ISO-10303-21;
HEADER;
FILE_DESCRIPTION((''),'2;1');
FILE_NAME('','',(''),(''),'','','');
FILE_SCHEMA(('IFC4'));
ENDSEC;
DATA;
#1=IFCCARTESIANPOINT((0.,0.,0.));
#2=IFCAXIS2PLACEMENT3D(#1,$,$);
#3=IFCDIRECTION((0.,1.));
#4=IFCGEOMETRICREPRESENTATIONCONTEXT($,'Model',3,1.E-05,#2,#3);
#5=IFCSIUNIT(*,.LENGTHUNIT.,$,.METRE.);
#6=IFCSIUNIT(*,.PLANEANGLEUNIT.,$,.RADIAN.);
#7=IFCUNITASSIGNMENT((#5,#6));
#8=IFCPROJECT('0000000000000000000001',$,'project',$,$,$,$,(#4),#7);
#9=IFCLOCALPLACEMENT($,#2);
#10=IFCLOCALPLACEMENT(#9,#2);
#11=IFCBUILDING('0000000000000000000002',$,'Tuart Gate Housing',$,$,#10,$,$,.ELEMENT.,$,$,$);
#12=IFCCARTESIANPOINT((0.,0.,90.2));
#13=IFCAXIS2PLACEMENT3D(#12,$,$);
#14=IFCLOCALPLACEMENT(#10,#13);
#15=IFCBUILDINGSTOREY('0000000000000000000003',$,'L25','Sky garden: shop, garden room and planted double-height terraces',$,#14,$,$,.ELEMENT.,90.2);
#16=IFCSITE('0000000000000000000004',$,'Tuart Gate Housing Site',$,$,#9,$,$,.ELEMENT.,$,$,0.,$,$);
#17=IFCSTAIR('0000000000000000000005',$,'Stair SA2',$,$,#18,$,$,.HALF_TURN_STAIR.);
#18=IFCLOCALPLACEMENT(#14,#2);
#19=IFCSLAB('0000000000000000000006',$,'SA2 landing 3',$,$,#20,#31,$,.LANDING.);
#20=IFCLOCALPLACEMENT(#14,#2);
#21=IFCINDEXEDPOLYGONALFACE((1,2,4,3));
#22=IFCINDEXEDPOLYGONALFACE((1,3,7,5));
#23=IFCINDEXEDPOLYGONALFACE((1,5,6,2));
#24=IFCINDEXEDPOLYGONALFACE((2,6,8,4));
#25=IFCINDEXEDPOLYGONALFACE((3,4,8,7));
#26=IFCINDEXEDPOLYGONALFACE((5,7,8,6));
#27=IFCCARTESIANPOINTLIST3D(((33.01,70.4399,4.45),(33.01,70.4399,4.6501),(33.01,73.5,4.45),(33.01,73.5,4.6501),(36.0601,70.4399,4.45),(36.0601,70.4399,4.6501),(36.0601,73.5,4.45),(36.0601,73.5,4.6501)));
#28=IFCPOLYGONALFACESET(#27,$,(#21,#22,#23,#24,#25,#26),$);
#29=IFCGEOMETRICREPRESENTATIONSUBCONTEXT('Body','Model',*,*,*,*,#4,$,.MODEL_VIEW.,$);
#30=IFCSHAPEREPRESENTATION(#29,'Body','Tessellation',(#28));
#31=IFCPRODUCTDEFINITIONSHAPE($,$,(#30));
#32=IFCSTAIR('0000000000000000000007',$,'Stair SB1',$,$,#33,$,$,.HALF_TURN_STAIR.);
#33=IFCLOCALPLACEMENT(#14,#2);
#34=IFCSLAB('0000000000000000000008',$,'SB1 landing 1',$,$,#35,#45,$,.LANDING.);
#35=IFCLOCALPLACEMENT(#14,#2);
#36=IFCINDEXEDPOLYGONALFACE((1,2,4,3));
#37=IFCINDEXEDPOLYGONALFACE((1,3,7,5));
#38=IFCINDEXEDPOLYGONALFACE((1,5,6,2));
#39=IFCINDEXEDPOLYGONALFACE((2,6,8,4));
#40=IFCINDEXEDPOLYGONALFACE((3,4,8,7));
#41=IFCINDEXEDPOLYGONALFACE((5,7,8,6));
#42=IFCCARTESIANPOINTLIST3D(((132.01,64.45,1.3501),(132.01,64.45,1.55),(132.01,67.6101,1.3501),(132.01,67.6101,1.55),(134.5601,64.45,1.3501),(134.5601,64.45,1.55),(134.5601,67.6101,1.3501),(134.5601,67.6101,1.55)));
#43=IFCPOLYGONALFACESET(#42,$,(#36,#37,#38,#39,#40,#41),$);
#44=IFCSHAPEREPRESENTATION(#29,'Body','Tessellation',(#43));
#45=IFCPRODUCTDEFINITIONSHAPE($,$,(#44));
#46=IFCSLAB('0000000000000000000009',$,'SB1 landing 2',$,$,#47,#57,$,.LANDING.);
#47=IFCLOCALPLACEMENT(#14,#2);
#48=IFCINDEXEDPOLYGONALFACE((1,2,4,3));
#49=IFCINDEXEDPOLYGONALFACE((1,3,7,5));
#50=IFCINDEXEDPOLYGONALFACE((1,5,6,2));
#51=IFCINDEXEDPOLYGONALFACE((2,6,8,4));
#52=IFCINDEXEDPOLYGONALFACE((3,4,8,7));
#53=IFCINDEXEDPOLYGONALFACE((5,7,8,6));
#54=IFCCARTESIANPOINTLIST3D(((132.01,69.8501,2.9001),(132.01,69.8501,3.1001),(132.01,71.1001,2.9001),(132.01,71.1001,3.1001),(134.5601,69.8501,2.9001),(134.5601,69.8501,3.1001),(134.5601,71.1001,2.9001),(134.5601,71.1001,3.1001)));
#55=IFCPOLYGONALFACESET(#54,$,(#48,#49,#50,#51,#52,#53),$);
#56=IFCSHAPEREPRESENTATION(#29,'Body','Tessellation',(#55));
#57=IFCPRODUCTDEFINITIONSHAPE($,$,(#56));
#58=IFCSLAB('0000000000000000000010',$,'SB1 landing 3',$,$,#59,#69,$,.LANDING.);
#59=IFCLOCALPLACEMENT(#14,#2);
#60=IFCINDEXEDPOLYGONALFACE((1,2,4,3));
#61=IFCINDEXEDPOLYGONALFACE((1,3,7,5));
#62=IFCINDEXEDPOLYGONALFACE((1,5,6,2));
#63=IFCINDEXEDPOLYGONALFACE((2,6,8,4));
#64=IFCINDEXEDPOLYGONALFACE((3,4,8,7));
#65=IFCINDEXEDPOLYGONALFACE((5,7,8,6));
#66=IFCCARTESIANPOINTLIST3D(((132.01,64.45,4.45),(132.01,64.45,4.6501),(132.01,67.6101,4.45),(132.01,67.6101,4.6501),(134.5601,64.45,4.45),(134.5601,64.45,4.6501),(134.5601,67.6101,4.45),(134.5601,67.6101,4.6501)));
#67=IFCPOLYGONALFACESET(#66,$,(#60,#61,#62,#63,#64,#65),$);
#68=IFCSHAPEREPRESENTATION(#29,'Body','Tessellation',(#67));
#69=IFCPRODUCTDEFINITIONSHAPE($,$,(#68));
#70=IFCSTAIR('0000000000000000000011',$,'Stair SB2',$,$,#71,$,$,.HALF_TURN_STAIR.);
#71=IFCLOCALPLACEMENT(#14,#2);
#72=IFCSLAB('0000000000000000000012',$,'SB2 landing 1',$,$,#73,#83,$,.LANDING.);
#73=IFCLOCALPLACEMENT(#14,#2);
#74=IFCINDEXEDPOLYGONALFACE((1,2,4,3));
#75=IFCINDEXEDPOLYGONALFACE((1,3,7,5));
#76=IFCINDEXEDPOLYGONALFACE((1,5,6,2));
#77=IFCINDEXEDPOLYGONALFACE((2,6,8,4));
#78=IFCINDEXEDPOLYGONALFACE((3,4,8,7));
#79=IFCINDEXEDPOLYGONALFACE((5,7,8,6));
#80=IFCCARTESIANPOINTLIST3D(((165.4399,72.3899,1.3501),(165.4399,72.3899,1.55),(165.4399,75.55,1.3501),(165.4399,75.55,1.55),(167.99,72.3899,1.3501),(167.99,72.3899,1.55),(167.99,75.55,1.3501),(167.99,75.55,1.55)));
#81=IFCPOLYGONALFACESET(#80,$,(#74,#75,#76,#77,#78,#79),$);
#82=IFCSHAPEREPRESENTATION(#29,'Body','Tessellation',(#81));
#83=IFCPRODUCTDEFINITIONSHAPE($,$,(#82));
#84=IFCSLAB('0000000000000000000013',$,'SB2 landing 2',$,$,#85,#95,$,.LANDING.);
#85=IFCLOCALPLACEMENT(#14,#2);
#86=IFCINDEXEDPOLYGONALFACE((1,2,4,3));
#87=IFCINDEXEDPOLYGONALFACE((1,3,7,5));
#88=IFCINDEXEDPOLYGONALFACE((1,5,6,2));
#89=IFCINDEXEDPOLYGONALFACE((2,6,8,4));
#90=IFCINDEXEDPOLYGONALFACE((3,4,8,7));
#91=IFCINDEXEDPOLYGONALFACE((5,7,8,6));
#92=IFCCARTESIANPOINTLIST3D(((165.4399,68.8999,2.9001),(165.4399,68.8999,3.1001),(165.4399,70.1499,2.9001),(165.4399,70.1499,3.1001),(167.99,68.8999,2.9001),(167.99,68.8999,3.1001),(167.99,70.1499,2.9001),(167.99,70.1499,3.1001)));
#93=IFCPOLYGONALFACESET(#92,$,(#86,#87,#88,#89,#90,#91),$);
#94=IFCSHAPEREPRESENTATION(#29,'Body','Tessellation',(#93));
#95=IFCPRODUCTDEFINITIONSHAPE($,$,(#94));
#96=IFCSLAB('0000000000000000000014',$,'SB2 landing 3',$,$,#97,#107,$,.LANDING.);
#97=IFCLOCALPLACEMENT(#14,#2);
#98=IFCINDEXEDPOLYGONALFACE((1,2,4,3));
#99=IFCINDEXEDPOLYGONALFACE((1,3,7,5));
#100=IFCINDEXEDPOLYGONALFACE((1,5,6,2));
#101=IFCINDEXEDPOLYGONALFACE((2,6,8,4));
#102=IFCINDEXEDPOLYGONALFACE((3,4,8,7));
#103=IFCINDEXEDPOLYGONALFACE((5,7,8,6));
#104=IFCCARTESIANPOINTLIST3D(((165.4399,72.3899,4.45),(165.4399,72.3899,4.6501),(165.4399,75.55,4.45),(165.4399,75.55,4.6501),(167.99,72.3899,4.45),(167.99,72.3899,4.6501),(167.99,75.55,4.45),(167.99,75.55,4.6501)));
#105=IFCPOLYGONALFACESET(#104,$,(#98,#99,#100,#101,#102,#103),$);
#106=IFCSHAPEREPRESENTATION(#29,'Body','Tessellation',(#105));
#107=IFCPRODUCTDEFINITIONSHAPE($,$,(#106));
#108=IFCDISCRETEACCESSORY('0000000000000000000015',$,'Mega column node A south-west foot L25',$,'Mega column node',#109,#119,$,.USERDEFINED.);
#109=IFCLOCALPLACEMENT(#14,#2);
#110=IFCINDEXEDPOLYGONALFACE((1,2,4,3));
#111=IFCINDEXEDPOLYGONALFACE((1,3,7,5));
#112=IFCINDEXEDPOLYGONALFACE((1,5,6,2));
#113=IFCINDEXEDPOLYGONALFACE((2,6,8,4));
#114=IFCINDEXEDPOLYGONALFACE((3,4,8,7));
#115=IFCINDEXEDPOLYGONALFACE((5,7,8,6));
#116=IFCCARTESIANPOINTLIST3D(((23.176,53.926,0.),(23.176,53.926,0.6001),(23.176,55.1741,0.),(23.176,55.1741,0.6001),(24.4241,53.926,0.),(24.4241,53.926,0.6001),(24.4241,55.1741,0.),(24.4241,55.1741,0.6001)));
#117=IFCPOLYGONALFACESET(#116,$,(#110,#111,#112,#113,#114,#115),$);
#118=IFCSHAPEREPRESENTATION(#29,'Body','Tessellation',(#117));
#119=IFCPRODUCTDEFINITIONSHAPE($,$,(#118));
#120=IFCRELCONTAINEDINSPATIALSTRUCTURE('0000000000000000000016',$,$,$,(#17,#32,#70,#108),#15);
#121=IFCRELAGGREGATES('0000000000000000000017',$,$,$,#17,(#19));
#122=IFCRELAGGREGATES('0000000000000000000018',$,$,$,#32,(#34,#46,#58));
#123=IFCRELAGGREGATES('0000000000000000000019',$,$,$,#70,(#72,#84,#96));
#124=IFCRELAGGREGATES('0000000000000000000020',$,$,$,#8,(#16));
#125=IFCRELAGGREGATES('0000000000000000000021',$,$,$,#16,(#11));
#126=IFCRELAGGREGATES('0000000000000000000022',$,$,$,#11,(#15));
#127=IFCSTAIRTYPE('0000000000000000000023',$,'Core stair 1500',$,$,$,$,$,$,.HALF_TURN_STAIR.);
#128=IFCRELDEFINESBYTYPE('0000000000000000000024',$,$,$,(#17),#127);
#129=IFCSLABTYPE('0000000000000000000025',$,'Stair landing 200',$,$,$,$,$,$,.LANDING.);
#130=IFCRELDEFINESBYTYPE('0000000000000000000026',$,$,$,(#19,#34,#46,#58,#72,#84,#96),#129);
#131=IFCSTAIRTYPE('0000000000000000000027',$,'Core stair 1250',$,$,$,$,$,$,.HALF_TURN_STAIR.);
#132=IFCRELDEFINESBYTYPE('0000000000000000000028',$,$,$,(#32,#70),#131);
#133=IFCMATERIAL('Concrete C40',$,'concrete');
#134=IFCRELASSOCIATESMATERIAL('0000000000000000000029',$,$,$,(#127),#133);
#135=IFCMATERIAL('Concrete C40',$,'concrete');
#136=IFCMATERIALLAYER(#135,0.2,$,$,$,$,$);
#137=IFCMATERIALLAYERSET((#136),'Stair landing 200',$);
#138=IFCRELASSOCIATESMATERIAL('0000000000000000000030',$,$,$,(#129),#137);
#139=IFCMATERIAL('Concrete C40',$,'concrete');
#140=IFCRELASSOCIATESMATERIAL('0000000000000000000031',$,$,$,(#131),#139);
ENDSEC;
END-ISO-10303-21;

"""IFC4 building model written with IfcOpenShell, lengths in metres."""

from ifc_helpers import new_model, si_unit, direction, frame, origin, origin_2d, place, context, subcontext, project, spatial, polyline, rectangle, outline, extrude, material, layer, layer_set, type_object, element, aggregate, save


model = new_model("IFC4")

# Units and contexts
model_context = context("Model", 3, precision=1e-05, world=origin(), true_north=direction((0.0, 1.0)))
body_context = subcontext(model_context, "Body", "Model", "MODEL_VIEW")
ifc_project = project(units=[si_unit("LENGTHUNIT", "METRE"), si_unit("PLANEANGLEUNIT", "RADIAN")], contexts=[model_context])

# Site, building, storey
site_placement = place(None, origin())
site = spatial("IfcSite", under=ifc_project, at=site_placement, Name="Tuart Gate Housing Site", CompositionType="ELEMENT", RefElevation=0.0)
building_placement = place(site_placement, origin())
building = spatial("IfcBuilding", under=site, at=building_placement, Name="Tuart Gate Housing", CompositionType="ELEMENT")
storey_placement = place(building_placement, frame((0.0, 0.0, 90.2)))
storey = spatial("IfcBuildingStorey", under=building, at=storey_placement, Name="L25", Description="Sky garden: shop, garden room and planted double-height terraces", CompositionType="ELEMENT", Elevation=90.2)

# Stairs, slabs
ifc_material_1 = material(Name="Concrete C40", Category="concrete")
stair_type_1 = type_object("IfcStairType", Name="Core stair 1500", PredefinedType="HALF_TURN_STAIR", material=ifc_material_1)
ifc_material_2 = material(Name="Concrete C40", Category="concrete")
ifc_layer_1 = layer(ifc_material_2, 0.2)
ifc_layer_set_1 = layer_set([ifc_layer_1], Name="Stair landing 200")
slab_type_1 = type_object("IfcSlabType", Name="Stair landing 200", PredefinedType="LANDING", material=ifc_layer_set_1)
stair_1_placement = place(storey_placement, origin())
stair_1 = element("IfcStair", 1, at=stair_1_placement, inside=storey, type_object=stair_type_1, Name="Stair SA2", PredefinedType="HALF_TURN_STAIR")
slab_1_placement = place(storey_placement, frame((0.0, 0.0, 4.45)))
slab_1 = element("IfcSlab", 2, at=slab_1_placement, type_object=slab_type_1, Name="SA2 landing 3", PredefinedType="LANDING", context=body_context, shape_type="SweptSolid", body=[
    extrude(outline(polyline([(36.0601, 73.5), (33.01, 73.5), (33.01, 70.4399), (36.0601, 70.4399), (36.0601, 73.5)])), origin(), (0.0, 0.0, 1.0), 0.2002),
])
aggregate(stair_1, [slab_1])
ifc_material_3 = material(Name="Concrete C40", Category="concrete")
stair_type_2 = type_object("IfcStairType", Name="Core stair 1250", PredefinedType="HALF_TURN_STAIR", material=ifc_material_3)
stair_2_placement = place(storey_placement, origin())
stair_2 = element("IfcStair", 3, at=stair_2_placement, inside=storey, type_object=stair_type_2, Name="Stair SB1", PredefinedType="HALF_TURN_STAIR")
slab_2_placement = place(storey_placement, frame((0.0, 0.0, 1.3501)))
slab_2 = element("IfcSlab", 4, at=slab_2_placement, type_object=slab_type_1, Name="SB1 landing 1", PredefinedType="LANDING", context=body_context, shape_type="SweptSolid", body=[
    extrude(outline(polyline([(134.5601, 67.6101), (132.01, 67.6101), (132.01, 64.45), (134.5601, 64.45), (134.5601, 67.6101)])), origin(), (0.0, 0.0, 1.0), 0.2),
])
slab_3_placement = place(storey_placement, frame((0.0, 0.0, 2.9001)))
slab_3 = element("IfcSlab", 5, at=slab_3_placement, type_object=slab_type_1, Name="SB1 landing 2", PredefinedType="LANDING", context=body_context, shape_type="SweptSolid", body=[
    extrude(outline(polyline([(132.01, 71.1001), (132.01, 69.8501), (134.5601, 69.8501), (134.5601, 71.1001), (132.01, 71.1001)])), origin(), (0.0, 0.0, 1.0), 0.2),
])
slab_4_placement = place(storey_placement, frame((0.0, 0.0, 4.45)))
slab_4 = element("IfcSlab", 6, at=slab_4_placement, type_object=slab_type_1, Name="SB1 landing 3", PredefinedType="LANDING", context=body_context, shape_type="SweptSolid", body=[
    extrude(outline(polyline([(134.5601, 67.6101), (132.01, 67.6101), (132.01, 64.45), (134.5601, 64.45), (134.5601, 67.6101)])), origin(), (0.0, 0.0, 1.0), 0.2002),
])
aggregate(stair_2, [slab_2, slab_3, slab_4])
stair_3_placement = place(storey_placement, origin())
stair_3 = element("IfcStair", 7, at=stair_3_placement, inside=storey, type_object=stair_type_2, Name="Stair SB2", PredefinedType="HALF_TURN_STAIR")
slab_5_placement = place(storey_placement, frame((0.0, 0.0, 1.3501)))
slab_5 = element("IfcSlab", 8, at=slab_5_placement, type_object=slab_type_1, Name="SB2 landing 1", PredefinedType="LANDING", context=body_context, shape_type="SweptSolid", body=[
    extrude(outline(polyline([(165.4399, 72.3899), (167.99, 72.3899), (167.99, 75.55), (165.4399, 75.55), (165.4399, 72.3899)])), origin(), (0.0, 0.0, 1.0), 0.2),
])
slab_6_placement = place(storey_placement, frame((0.0, 0.0, 2.9001)))
slab_6 = element("IfcSlab", 9, at=slab_6_placement, type_object=slab_type_1, Name="SB2 landing 2", PredefinedType="LANDING", context=body_context, shape_type="SweptSolid", body=[
    extrude(outline(polyline([(167.99, 68.8999), (167.99, 70.1499), (165.4399, 70.1499), (165.4399, 68.8999), (167.99, 68.8999)])), origin(), (0.0, 0.0, 1.0), 0.2),
])
slab_7_placement = place(storey_placement, frame((0.0, 0.0, 4.45)))
slab_7 = element("IfcSlab", 10, at=slab_7_placement, type_object=slab_type_1, Name="SB2 landing 3", PredefinedType="LANDING", context=body_context, shape_type="SweptSolid", body=[
    extrude(outline(polyline([(165.4399, 72.3899), (167.99, 72.3899), (167.99, 75.55), (165.4399, 75.55), (165.4399, 72.3899)])), origin(), (0.0, 0.0, 1.0), 0.2002),
])
aggregate(stair_3, [slab_5, slab_6, slab_7])

# Discrete accessory
discrete_accessory_placement = place(storey_placement, frame((23.8, 54.55, 0.0), z_axis=(0.0, 0.0, 1.0), x_axis=(1.0, 0.0, 0.0)))
element("IfcDiscreteAccessory", 11, at=discrete_accessory_placement, inside=storey, Name="Mega column node A south-west foot L25", ObjectType="Mega column node", PredefinedType="USERDEFINED", context=body_context, shape_type="SweptSolid", body=[
    extrude(rectangle(XDim=1.248, YDim=1.248, at=origin_2d()), origin(), (0.0, 0.0, 1.0), 0.6001),
])

save(model, "model.ifc")
